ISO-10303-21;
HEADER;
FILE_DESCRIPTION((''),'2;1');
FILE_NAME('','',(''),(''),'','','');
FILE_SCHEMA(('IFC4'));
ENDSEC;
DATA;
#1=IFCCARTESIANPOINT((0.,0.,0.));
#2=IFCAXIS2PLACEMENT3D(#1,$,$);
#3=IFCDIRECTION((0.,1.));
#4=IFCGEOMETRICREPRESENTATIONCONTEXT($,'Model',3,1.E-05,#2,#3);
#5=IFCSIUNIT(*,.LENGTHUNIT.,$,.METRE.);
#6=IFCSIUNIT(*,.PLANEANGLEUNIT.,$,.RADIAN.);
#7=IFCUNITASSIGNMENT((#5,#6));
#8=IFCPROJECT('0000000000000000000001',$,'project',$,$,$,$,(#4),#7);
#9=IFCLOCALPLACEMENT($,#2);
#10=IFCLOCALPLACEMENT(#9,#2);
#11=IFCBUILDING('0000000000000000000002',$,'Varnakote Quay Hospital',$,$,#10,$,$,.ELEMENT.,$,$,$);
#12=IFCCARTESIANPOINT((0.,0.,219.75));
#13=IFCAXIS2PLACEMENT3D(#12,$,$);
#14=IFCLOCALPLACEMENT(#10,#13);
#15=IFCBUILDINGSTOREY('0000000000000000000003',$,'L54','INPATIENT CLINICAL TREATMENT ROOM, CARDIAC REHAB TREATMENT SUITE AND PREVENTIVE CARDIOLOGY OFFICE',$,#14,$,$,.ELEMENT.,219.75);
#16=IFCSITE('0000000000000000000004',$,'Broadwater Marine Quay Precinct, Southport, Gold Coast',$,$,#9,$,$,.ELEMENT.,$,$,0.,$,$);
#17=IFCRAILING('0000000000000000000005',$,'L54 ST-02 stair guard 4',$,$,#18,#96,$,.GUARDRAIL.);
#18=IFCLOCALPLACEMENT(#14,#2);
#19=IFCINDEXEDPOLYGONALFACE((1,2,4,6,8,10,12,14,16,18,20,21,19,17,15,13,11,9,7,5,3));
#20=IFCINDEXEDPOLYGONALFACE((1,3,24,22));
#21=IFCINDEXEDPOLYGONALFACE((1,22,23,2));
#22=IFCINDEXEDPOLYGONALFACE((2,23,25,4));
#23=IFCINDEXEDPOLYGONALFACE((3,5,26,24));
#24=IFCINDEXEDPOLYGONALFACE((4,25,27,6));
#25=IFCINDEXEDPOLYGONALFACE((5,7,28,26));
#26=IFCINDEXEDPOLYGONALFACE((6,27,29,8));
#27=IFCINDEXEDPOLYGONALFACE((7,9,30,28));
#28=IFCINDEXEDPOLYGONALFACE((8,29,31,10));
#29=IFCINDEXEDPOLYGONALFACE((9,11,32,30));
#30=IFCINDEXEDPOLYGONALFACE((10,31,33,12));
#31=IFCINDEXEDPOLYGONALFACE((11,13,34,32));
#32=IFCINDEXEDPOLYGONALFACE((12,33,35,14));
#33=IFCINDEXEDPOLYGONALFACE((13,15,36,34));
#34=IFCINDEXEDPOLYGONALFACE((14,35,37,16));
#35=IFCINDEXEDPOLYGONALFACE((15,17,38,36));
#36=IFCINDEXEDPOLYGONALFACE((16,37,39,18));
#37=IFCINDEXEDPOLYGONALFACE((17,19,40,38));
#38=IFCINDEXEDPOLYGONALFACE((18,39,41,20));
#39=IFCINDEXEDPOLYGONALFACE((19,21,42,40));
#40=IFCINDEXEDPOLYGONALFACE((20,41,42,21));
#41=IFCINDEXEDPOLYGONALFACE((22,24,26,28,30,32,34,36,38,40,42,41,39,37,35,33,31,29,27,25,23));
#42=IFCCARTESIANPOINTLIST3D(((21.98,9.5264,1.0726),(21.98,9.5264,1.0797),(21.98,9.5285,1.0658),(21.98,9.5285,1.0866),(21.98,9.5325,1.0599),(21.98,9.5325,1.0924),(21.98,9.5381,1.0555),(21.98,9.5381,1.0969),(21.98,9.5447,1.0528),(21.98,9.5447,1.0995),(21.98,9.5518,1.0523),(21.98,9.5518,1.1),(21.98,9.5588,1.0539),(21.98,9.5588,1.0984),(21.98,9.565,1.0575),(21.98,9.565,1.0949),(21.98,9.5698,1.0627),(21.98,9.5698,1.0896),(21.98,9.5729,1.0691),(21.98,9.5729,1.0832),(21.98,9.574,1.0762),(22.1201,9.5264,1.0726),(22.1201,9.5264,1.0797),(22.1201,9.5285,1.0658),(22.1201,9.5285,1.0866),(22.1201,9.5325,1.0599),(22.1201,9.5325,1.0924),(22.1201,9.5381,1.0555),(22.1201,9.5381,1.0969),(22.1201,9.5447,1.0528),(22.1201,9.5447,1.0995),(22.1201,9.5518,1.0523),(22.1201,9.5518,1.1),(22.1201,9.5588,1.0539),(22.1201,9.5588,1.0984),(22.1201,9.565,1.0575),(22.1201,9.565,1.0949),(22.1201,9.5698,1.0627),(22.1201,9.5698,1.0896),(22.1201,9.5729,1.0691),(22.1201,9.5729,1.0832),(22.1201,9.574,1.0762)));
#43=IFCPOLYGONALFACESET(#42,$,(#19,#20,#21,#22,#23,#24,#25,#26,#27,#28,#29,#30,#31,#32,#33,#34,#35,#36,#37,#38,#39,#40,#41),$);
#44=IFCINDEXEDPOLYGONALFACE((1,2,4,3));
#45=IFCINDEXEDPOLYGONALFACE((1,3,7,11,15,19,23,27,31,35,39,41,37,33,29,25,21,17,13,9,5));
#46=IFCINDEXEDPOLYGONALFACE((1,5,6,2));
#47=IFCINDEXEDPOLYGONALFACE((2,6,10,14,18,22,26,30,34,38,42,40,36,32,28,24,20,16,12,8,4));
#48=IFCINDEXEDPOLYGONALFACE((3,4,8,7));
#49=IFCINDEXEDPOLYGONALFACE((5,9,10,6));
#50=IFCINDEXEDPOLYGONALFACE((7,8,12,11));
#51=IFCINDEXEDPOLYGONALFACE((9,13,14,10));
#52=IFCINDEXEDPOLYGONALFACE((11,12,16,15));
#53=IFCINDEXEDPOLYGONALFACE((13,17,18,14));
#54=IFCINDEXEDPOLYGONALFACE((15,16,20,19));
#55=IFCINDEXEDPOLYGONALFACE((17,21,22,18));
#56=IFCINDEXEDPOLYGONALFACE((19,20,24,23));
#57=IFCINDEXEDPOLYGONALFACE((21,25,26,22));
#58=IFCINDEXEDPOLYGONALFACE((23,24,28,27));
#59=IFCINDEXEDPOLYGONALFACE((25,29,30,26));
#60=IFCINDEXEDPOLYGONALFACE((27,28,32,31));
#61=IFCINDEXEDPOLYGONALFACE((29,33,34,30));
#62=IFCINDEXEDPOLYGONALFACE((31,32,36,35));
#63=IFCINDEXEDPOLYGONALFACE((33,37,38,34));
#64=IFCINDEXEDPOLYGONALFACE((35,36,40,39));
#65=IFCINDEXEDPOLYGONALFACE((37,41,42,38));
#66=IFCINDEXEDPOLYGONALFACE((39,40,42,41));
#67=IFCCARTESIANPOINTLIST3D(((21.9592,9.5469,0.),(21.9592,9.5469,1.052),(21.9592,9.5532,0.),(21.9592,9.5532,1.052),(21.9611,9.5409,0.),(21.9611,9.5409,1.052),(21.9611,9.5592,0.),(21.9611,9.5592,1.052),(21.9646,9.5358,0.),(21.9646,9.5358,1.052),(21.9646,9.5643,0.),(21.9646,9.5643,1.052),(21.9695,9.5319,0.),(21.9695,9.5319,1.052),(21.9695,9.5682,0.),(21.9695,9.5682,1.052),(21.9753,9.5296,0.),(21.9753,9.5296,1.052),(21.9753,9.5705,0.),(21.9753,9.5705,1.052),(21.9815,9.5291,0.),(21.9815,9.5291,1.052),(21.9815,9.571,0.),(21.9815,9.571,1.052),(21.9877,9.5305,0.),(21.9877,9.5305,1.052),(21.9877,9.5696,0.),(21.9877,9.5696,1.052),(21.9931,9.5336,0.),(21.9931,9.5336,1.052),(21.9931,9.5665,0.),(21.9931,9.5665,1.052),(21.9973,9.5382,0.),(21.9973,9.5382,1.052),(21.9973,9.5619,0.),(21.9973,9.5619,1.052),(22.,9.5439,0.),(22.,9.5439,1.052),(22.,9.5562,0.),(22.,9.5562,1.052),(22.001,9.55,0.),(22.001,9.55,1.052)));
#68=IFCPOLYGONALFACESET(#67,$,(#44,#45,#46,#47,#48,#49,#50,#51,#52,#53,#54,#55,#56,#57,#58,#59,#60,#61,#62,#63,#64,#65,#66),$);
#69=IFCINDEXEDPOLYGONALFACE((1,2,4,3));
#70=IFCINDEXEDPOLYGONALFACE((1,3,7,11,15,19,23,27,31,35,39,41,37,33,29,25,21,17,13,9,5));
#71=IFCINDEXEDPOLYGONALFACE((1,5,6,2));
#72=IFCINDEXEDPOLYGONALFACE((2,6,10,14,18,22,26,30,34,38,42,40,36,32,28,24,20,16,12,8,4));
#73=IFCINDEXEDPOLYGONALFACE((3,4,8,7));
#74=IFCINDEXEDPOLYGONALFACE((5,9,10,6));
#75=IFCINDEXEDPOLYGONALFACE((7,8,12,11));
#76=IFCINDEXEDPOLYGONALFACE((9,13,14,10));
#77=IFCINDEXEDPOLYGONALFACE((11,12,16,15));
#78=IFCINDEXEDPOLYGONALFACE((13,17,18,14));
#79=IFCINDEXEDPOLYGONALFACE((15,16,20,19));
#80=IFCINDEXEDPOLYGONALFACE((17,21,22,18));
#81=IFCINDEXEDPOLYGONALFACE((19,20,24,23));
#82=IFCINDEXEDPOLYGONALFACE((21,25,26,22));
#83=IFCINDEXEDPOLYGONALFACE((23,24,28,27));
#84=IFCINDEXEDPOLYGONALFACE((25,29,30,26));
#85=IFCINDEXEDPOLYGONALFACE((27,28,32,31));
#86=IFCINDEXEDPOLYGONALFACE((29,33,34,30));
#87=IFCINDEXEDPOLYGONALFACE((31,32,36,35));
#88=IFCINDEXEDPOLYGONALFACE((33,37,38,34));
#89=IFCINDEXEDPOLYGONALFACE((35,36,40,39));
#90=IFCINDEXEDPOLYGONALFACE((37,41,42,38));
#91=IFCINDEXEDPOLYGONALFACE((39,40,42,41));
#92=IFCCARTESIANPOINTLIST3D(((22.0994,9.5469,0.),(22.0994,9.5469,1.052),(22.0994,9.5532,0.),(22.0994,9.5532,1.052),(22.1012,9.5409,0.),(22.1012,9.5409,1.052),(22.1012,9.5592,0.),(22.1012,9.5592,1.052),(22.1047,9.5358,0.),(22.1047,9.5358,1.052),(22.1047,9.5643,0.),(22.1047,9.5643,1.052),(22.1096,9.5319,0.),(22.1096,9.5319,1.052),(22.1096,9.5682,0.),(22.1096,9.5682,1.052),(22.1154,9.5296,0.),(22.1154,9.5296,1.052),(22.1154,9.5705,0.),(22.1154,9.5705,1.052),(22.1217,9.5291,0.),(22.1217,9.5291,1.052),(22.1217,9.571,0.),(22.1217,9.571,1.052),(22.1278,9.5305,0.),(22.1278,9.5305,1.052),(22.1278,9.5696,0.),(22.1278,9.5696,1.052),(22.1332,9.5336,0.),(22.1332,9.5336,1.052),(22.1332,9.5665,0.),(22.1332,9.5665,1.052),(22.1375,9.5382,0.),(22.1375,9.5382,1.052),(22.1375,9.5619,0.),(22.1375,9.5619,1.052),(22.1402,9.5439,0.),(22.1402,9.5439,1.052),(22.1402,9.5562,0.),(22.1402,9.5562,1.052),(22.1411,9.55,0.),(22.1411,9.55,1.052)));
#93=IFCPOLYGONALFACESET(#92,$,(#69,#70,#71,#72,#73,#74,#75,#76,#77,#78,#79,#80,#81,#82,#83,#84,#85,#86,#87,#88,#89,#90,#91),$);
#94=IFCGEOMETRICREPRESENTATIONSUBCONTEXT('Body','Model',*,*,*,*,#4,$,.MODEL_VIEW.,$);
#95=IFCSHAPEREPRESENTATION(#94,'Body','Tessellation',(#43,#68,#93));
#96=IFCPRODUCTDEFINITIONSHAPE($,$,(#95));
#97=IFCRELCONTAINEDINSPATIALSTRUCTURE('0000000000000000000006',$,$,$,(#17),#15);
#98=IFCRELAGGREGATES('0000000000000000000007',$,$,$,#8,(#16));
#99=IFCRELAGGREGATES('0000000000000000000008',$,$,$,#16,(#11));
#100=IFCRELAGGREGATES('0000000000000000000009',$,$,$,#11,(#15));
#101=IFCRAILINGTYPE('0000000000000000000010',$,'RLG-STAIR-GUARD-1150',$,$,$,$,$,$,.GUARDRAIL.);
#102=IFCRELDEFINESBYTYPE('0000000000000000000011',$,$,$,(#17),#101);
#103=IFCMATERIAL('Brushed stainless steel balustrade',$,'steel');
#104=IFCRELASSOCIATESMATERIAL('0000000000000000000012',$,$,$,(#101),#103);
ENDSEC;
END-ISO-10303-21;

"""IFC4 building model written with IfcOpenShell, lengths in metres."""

from ifc_helpers import new_model, si_unit, direction, frame, origin, origin_2d, place, context, subcontext, project, spatial, circle, extrude, material, type_object, element, save


model = new_model("IFC4")

# Units and contexts
model_context = context("Model", 3, precision=1e-05, world=origin(), true_north=direction((0.0, 1.0)))
body_context = subcontext(model_context, "Body", "Model", "MODEL_VIEW")
ifc_project = project(units=[si_unit("LENGTHUNIT", "METRE"), si_unit("PLANEANGLEUNIT", "RADIAN")], contexts=[model_context])

# Site, building, storey
site_placement = place(None, origin())
site = spatial("IfcSite", under=ifc_project, at=site_placement, Name="Broadwater Marine Quay Precinct, Southport, Gold Coast", CompositionType="ELEMENT", RefElevation=0.0)
building_placement = place(site_placement, origin())
building = spatial("IfcBuilding", under=site, at=building_placement, Name="Varnakote Quay Hospital", CompositionType="ELEMENT")
storey_placement = place(building_placement, frame((0.0, 0.0, 219.75)))
storey = spatial("IfcBuildingStorey", under=building, at=storey_placement, Name="L54", Description="INPATIENT CLINICAL TREATMENT ROOM, CARDIAC REHAB TREATMENT SUITE AND PREVENTIVE CARDIOLOGY OFFICE", CompositionType="ELEMENT", Elevation=219.75)

# Railing
ifc_material_1 = material(Name="Brushed stainless steel balustrade", Category="steel")
railing_type_1 = type_object("IfcRailingType", Name="RLG-STAIR-GUARD-1150", PredefinedType="GUARDRAIL", material=ifc_material_1)
railing_1_placement = place(storey_placement, frame((21.98, 9.55, 0.0)))
element("IfcRailing", 1, at=railing_1_placement, inside=storey, type_object=railing_type_1, Name="L54 ST-02 stair guard 4", PredefinedType="GUARDRAIL", context=body_context, shape_type="SweptSolid", body=[
    extrude(circle(Radius=0.0239, at=origin_2d()), frame((0.0, 0.0, 1.0762), z_axis=(1.0, 0.0, 0.0), x_axis=(0.0, 1.0, 0.0)), (0.0, 0.0, 1.0), 0.1401),
    extrude(circle(Radius=0.021, at=origin_2d()), origin(), (0.0, 0.0, 1.0), 1.052),
    extrude(circle(Radius=0.021, at=origin_2d()), frame((0.1401, 0.0, 0.0)), (0.0, 0.0, 1.0), 1.052),
])

save(model, "model.ifc")
